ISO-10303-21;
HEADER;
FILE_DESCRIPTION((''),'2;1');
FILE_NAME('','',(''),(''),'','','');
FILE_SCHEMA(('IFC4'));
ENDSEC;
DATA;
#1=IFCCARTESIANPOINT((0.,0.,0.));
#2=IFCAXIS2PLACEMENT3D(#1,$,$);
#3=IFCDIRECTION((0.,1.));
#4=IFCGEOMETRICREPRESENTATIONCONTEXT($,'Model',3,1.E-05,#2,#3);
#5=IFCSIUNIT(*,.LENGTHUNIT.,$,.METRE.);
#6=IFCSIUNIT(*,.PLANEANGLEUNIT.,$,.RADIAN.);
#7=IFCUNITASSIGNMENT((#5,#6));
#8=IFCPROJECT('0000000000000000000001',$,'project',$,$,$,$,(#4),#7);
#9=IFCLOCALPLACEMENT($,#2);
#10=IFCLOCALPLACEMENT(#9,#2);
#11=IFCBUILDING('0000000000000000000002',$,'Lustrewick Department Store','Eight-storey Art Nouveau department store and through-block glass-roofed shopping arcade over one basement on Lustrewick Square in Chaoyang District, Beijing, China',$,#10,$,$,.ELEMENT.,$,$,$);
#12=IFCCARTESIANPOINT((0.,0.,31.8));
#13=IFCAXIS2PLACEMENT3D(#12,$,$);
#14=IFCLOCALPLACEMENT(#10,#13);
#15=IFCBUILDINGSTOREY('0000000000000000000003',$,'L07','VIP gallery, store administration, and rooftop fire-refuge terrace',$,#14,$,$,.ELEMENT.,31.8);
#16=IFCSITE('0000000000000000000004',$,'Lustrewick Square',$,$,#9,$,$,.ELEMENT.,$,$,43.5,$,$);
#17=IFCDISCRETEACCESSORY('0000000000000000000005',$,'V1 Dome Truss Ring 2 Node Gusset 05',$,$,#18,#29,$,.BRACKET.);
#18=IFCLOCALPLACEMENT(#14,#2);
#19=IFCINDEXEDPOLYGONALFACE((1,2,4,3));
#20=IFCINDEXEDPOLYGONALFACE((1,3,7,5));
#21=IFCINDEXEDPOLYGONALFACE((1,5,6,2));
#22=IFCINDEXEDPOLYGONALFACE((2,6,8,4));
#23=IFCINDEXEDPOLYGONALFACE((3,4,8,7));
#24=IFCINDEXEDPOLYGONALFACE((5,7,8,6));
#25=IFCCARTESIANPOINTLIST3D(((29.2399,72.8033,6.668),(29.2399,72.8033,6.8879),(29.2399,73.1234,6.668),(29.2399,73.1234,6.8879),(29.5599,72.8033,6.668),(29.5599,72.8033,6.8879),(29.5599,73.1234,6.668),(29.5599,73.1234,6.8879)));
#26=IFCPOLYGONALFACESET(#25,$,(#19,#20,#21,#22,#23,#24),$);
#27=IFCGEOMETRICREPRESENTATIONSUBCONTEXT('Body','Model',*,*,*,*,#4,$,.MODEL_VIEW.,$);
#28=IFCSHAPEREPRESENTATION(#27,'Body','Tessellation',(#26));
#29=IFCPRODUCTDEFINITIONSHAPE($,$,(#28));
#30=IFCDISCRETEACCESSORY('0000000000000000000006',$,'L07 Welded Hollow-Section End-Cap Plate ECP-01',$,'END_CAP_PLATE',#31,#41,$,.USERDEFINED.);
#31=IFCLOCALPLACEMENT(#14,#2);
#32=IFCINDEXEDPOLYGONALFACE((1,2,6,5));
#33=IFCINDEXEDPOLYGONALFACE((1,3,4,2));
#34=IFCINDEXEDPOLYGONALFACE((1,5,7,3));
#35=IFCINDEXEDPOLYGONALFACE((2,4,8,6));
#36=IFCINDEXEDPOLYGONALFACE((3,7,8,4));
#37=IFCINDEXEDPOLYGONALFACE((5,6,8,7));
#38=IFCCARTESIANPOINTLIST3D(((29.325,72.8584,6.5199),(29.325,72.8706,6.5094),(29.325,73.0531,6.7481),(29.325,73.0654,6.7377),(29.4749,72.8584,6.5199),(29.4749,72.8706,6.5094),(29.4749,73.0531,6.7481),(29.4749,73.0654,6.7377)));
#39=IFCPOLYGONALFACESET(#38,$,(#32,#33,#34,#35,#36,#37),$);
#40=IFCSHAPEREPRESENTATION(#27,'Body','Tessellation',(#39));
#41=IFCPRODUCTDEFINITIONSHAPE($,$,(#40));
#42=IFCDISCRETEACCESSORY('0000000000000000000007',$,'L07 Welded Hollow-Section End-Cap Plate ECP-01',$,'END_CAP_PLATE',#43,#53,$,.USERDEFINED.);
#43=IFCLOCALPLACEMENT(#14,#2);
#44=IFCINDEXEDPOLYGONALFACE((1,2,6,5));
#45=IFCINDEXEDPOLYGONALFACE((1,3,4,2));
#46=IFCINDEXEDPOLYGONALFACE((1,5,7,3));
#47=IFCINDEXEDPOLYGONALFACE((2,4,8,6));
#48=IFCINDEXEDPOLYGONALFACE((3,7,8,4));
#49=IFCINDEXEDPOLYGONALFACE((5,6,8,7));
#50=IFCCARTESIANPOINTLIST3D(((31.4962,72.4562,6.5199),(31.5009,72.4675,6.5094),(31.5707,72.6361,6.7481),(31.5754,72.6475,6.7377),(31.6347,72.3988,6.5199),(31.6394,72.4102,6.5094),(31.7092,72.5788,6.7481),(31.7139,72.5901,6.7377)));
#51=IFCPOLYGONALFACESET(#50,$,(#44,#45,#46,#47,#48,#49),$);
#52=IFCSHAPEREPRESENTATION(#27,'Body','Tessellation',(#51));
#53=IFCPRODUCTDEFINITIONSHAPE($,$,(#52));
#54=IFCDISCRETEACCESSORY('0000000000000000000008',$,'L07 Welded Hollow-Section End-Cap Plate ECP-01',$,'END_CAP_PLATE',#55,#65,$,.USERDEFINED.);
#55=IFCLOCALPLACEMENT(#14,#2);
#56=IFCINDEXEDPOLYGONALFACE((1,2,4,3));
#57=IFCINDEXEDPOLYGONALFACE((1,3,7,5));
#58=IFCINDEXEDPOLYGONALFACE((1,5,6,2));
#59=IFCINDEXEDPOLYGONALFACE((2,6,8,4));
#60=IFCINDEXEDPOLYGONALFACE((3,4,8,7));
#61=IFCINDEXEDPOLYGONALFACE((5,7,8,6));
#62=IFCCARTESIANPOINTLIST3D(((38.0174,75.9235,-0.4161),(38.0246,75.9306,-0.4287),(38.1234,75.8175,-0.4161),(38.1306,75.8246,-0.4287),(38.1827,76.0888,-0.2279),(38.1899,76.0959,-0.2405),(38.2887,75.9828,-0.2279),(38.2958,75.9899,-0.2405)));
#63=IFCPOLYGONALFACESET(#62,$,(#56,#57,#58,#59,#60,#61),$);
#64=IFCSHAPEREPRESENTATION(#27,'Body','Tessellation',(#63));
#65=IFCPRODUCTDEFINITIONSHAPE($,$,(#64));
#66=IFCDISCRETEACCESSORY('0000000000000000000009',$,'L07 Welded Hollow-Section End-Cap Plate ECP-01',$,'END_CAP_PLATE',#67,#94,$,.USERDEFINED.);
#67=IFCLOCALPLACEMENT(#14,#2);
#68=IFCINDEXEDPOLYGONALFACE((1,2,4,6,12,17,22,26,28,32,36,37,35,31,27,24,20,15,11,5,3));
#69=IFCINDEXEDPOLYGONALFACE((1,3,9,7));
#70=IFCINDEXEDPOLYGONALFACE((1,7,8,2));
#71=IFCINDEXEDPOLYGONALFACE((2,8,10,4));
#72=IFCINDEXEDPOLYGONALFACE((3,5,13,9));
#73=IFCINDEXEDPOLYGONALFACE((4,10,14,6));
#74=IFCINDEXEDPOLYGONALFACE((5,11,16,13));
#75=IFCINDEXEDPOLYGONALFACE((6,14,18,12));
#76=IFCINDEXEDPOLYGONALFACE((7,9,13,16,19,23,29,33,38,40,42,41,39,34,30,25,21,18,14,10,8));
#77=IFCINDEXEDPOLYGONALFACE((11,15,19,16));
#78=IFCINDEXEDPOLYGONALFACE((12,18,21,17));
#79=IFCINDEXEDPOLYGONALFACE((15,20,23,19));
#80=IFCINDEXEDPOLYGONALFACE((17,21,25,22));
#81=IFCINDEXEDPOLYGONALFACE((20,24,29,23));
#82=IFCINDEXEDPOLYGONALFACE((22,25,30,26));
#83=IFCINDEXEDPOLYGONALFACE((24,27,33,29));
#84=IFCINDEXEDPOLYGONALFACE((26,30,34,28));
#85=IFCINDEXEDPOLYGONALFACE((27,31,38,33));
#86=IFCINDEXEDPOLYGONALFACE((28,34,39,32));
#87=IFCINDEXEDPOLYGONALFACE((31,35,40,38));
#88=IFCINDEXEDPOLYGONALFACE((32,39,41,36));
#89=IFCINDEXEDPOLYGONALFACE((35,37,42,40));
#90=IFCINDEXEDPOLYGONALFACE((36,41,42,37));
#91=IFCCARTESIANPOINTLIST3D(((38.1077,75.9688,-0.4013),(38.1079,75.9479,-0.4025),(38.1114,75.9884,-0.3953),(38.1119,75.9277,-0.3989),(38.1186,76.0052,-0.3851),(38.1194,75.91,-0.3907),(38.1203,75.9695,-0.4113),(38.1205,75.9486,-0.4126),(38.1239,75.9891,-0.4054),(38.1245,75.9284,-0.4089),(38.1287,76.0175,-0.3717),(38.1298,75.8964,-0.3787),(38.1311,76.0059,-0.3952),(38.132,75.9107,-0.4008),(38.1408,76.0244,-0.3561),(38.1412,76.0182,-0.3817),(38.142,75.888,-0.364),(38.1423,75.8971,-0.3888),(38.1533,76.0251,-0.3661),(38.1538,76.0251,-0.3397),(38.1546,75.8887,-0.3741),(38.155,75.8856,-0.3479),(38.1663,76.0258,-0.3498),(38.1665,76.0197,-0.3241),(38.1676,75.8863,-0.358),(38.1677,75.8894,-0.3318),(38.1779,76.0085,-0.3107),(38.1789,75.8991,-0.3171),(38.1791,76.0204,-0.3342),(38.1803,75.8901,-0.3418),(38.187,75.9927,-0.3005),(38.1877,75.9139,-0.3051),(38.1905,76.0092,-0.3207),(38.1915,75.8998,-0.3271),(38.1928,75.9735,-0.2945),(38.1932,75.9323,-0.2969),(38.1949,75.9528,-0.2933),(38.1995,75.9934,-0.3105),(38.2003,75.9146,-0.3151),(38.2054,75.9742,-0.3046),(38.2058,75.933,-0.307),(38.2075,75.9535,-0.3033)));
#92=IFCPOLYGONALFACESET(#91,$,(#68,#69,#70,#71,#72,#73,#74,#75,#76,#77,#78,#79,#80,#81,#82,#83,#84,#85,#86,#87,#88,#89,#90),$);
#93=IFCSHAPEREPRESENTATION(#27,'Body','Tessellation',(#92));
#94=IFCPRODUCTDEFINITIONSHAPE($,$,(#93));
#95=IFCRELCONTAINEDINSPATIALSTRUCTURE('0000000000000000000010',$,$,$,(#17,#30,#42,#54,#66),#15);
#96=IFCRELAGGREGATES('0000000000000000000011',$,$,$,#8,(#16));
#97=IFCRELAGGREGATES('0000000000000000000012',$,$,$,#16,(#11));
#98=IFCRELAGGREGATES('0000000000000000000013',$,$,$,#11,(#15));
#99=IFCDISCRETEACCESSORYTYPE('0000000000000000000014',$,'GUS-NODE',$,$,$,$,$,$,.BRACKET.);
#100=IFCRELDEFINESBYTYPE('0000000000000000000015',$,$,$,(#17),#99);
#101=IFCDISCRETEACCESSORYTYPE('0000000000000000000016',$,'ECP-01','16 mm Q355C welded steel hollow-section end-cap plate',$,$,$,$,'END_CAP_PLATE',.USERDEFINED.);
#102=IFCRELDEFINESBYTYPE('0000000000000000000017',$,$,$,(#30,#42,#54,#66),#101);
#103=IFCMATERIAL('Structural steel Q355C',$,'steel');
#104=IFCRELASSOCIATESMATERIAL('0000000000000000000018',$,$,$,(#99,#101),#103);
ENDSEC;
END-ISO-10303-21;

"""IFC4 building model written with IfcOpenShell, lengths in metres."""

from ifc_helpers import new_model, si_unit, direction, frame, origin, origin_2d, place, context, subcontext, project, spatial, rectangle, circle, extrude, material, type_object, element, save


model = new_model("IFC4")

# Units and contexts
model_context = context("Model", 3, precision=1e-05, world=origin(), true_north=direction((0.0, 1.0)))
body_context = subcontext(model_context, "Body", "Model", "MODEL_VIEW")
ifc_project = project(units=[si_unit("LENGTHUNIT", "METRE"), si_unit("PLANEANGLEUNIT", "RADIAN")], contexts=[model_context])

# Site, building, storey
site_placement = place(None, origin())
site = spatial("IfcSite", under=ifc_project, at=site_placement, Name="Lustrewick Square", CompositionType="ELEMENT", RefElevation=43.5)
building_placement = place(site_placement, origin())
building = spatial("IfcBuilding", under=site, at=building_placement, Name="Lustrewick Department Store", Description="Eight-storey Art Nouveau department store and through-block glass-roofed shopping arcade over one basement on Lustrewick Square in Chaoyang District, Beijing, China", CompositionType="ELEMENT")
storey_placement = place(building_placement, frame((0.0, 0.0, 31.8)))
storey = spatial("IfcBuildingStorey", under=building, at=storey_placement, Name="L07", Description="VIP gallery, store administration, and rooftop fire-refuge terrace", CompositionType="ELEMENT", Elevation=31.8)

# Shared definitions
ifc_material_1 = material(Name="Structural steel Q355C", Category="steel")

# Discrete accessories
discrete_accessory_type_1 = type_object("IfcDiscreteAccessoryType", Name="GUS-NODE", PredefinedType="BRACKET", material=ifc_material_1)
for number, where, z_axis, x_axis, name in (
    (1, (29.3999, 72.9634, 6.668), (0.0, 0.0, 1.0), (1.0, 0.0, 0.0), "V1 Dome Truss Ring 2 Node Gusset 05"),
):
    element("IfcDiscreteAccessory", number, at=place(storey_placement, frame(where, z_axis=z_axis, x_axis=x_axis)), inside=storey, type_object=discrete_accessory_type_1, Name=name, PredefinedType="BRACKET", context=body_context, shape_type="SweptSolid", body=[
        extrude(rectangle(XDim=0.3201, YDim=0.3201, at=origin_2d()), origin(), (0.0, 0.0, 1.0), 0.22),
    ])
discrete_accessory_type_2 = type_object("IfcDiscreteAccessoryType", Name="ECP-01", Description="16 mm Q355C welded steel hollow-section end-cap plate", ElementType="END_CAP_PLATE", PredefinedType="USERDEFINED", material=ifc_material_1)
for number, where, z_axis, x_axis, name in (
    (2, (29.3999, 72.968, 6.6235), (0.0, -0.760657, 0.649154), (1.0, 0.0, 0.0), "L07 Welded Hollow-Section End-Cap Plate ECP-01"),
    (3, (31.6074, 72.5288, 6.6235), (-0.291046, -0.70278, 0.649147), (0.923905, -0.382622, 0.0), "L07 Welded Hollow-Section End-Cap Plate ECP-01"),
    (4, (38.1531, 75.9531, -0.322), (0.44345, 0.44345, -0.778912), (0.707107, -0.707107, 0.0), "L07 Welded Hollow-Section End-Cap Plate ECP-01"),
):
    element("IfcDiscreteAccessory", number, at=place(storey_placement, frame(where, z_axis=z_axis, x_axis=x_axis)), inside=storey, type_object=discrete_accessory_type_2, Name=name, ObjectType="END_CAP_PLATE", PredefinedType="USERDEFINED", context=body_context, shape_type="SweptSolid", body=[
        extrude(rectangle(XDim=0.1499, YDim=0.3, at=origin_2d()), origin(), (0.0, 0.0, 1.0), 0.0161),
    ])
discrete_accessory_placement = place(storey_placement, frame((38.1511, 75.9556, -0.3479), z_axis=(0.780336, 0.043578, -0.623841), x_axis=(0.055758, -0.998444, 0.0)))
element("IfcDiscreteAccessory", 5, at=discrete_accessory_placement, inside=storey, type_object=discrete_accessory_type_2, Name="L07 Welded Hollow-Section End-Cap Plate ECP-01", ObjectType="END_CAP_PLATE", PredefinedType="USERDEFINED", context=body_context, shape_type="SweptSolid", body=[
    extrude(circle(Radius=0.0701, at=origin_2d()), origin(), (0.0, 0.0, 1.0), 0.0161),
])

save(model, "model.ifc")
